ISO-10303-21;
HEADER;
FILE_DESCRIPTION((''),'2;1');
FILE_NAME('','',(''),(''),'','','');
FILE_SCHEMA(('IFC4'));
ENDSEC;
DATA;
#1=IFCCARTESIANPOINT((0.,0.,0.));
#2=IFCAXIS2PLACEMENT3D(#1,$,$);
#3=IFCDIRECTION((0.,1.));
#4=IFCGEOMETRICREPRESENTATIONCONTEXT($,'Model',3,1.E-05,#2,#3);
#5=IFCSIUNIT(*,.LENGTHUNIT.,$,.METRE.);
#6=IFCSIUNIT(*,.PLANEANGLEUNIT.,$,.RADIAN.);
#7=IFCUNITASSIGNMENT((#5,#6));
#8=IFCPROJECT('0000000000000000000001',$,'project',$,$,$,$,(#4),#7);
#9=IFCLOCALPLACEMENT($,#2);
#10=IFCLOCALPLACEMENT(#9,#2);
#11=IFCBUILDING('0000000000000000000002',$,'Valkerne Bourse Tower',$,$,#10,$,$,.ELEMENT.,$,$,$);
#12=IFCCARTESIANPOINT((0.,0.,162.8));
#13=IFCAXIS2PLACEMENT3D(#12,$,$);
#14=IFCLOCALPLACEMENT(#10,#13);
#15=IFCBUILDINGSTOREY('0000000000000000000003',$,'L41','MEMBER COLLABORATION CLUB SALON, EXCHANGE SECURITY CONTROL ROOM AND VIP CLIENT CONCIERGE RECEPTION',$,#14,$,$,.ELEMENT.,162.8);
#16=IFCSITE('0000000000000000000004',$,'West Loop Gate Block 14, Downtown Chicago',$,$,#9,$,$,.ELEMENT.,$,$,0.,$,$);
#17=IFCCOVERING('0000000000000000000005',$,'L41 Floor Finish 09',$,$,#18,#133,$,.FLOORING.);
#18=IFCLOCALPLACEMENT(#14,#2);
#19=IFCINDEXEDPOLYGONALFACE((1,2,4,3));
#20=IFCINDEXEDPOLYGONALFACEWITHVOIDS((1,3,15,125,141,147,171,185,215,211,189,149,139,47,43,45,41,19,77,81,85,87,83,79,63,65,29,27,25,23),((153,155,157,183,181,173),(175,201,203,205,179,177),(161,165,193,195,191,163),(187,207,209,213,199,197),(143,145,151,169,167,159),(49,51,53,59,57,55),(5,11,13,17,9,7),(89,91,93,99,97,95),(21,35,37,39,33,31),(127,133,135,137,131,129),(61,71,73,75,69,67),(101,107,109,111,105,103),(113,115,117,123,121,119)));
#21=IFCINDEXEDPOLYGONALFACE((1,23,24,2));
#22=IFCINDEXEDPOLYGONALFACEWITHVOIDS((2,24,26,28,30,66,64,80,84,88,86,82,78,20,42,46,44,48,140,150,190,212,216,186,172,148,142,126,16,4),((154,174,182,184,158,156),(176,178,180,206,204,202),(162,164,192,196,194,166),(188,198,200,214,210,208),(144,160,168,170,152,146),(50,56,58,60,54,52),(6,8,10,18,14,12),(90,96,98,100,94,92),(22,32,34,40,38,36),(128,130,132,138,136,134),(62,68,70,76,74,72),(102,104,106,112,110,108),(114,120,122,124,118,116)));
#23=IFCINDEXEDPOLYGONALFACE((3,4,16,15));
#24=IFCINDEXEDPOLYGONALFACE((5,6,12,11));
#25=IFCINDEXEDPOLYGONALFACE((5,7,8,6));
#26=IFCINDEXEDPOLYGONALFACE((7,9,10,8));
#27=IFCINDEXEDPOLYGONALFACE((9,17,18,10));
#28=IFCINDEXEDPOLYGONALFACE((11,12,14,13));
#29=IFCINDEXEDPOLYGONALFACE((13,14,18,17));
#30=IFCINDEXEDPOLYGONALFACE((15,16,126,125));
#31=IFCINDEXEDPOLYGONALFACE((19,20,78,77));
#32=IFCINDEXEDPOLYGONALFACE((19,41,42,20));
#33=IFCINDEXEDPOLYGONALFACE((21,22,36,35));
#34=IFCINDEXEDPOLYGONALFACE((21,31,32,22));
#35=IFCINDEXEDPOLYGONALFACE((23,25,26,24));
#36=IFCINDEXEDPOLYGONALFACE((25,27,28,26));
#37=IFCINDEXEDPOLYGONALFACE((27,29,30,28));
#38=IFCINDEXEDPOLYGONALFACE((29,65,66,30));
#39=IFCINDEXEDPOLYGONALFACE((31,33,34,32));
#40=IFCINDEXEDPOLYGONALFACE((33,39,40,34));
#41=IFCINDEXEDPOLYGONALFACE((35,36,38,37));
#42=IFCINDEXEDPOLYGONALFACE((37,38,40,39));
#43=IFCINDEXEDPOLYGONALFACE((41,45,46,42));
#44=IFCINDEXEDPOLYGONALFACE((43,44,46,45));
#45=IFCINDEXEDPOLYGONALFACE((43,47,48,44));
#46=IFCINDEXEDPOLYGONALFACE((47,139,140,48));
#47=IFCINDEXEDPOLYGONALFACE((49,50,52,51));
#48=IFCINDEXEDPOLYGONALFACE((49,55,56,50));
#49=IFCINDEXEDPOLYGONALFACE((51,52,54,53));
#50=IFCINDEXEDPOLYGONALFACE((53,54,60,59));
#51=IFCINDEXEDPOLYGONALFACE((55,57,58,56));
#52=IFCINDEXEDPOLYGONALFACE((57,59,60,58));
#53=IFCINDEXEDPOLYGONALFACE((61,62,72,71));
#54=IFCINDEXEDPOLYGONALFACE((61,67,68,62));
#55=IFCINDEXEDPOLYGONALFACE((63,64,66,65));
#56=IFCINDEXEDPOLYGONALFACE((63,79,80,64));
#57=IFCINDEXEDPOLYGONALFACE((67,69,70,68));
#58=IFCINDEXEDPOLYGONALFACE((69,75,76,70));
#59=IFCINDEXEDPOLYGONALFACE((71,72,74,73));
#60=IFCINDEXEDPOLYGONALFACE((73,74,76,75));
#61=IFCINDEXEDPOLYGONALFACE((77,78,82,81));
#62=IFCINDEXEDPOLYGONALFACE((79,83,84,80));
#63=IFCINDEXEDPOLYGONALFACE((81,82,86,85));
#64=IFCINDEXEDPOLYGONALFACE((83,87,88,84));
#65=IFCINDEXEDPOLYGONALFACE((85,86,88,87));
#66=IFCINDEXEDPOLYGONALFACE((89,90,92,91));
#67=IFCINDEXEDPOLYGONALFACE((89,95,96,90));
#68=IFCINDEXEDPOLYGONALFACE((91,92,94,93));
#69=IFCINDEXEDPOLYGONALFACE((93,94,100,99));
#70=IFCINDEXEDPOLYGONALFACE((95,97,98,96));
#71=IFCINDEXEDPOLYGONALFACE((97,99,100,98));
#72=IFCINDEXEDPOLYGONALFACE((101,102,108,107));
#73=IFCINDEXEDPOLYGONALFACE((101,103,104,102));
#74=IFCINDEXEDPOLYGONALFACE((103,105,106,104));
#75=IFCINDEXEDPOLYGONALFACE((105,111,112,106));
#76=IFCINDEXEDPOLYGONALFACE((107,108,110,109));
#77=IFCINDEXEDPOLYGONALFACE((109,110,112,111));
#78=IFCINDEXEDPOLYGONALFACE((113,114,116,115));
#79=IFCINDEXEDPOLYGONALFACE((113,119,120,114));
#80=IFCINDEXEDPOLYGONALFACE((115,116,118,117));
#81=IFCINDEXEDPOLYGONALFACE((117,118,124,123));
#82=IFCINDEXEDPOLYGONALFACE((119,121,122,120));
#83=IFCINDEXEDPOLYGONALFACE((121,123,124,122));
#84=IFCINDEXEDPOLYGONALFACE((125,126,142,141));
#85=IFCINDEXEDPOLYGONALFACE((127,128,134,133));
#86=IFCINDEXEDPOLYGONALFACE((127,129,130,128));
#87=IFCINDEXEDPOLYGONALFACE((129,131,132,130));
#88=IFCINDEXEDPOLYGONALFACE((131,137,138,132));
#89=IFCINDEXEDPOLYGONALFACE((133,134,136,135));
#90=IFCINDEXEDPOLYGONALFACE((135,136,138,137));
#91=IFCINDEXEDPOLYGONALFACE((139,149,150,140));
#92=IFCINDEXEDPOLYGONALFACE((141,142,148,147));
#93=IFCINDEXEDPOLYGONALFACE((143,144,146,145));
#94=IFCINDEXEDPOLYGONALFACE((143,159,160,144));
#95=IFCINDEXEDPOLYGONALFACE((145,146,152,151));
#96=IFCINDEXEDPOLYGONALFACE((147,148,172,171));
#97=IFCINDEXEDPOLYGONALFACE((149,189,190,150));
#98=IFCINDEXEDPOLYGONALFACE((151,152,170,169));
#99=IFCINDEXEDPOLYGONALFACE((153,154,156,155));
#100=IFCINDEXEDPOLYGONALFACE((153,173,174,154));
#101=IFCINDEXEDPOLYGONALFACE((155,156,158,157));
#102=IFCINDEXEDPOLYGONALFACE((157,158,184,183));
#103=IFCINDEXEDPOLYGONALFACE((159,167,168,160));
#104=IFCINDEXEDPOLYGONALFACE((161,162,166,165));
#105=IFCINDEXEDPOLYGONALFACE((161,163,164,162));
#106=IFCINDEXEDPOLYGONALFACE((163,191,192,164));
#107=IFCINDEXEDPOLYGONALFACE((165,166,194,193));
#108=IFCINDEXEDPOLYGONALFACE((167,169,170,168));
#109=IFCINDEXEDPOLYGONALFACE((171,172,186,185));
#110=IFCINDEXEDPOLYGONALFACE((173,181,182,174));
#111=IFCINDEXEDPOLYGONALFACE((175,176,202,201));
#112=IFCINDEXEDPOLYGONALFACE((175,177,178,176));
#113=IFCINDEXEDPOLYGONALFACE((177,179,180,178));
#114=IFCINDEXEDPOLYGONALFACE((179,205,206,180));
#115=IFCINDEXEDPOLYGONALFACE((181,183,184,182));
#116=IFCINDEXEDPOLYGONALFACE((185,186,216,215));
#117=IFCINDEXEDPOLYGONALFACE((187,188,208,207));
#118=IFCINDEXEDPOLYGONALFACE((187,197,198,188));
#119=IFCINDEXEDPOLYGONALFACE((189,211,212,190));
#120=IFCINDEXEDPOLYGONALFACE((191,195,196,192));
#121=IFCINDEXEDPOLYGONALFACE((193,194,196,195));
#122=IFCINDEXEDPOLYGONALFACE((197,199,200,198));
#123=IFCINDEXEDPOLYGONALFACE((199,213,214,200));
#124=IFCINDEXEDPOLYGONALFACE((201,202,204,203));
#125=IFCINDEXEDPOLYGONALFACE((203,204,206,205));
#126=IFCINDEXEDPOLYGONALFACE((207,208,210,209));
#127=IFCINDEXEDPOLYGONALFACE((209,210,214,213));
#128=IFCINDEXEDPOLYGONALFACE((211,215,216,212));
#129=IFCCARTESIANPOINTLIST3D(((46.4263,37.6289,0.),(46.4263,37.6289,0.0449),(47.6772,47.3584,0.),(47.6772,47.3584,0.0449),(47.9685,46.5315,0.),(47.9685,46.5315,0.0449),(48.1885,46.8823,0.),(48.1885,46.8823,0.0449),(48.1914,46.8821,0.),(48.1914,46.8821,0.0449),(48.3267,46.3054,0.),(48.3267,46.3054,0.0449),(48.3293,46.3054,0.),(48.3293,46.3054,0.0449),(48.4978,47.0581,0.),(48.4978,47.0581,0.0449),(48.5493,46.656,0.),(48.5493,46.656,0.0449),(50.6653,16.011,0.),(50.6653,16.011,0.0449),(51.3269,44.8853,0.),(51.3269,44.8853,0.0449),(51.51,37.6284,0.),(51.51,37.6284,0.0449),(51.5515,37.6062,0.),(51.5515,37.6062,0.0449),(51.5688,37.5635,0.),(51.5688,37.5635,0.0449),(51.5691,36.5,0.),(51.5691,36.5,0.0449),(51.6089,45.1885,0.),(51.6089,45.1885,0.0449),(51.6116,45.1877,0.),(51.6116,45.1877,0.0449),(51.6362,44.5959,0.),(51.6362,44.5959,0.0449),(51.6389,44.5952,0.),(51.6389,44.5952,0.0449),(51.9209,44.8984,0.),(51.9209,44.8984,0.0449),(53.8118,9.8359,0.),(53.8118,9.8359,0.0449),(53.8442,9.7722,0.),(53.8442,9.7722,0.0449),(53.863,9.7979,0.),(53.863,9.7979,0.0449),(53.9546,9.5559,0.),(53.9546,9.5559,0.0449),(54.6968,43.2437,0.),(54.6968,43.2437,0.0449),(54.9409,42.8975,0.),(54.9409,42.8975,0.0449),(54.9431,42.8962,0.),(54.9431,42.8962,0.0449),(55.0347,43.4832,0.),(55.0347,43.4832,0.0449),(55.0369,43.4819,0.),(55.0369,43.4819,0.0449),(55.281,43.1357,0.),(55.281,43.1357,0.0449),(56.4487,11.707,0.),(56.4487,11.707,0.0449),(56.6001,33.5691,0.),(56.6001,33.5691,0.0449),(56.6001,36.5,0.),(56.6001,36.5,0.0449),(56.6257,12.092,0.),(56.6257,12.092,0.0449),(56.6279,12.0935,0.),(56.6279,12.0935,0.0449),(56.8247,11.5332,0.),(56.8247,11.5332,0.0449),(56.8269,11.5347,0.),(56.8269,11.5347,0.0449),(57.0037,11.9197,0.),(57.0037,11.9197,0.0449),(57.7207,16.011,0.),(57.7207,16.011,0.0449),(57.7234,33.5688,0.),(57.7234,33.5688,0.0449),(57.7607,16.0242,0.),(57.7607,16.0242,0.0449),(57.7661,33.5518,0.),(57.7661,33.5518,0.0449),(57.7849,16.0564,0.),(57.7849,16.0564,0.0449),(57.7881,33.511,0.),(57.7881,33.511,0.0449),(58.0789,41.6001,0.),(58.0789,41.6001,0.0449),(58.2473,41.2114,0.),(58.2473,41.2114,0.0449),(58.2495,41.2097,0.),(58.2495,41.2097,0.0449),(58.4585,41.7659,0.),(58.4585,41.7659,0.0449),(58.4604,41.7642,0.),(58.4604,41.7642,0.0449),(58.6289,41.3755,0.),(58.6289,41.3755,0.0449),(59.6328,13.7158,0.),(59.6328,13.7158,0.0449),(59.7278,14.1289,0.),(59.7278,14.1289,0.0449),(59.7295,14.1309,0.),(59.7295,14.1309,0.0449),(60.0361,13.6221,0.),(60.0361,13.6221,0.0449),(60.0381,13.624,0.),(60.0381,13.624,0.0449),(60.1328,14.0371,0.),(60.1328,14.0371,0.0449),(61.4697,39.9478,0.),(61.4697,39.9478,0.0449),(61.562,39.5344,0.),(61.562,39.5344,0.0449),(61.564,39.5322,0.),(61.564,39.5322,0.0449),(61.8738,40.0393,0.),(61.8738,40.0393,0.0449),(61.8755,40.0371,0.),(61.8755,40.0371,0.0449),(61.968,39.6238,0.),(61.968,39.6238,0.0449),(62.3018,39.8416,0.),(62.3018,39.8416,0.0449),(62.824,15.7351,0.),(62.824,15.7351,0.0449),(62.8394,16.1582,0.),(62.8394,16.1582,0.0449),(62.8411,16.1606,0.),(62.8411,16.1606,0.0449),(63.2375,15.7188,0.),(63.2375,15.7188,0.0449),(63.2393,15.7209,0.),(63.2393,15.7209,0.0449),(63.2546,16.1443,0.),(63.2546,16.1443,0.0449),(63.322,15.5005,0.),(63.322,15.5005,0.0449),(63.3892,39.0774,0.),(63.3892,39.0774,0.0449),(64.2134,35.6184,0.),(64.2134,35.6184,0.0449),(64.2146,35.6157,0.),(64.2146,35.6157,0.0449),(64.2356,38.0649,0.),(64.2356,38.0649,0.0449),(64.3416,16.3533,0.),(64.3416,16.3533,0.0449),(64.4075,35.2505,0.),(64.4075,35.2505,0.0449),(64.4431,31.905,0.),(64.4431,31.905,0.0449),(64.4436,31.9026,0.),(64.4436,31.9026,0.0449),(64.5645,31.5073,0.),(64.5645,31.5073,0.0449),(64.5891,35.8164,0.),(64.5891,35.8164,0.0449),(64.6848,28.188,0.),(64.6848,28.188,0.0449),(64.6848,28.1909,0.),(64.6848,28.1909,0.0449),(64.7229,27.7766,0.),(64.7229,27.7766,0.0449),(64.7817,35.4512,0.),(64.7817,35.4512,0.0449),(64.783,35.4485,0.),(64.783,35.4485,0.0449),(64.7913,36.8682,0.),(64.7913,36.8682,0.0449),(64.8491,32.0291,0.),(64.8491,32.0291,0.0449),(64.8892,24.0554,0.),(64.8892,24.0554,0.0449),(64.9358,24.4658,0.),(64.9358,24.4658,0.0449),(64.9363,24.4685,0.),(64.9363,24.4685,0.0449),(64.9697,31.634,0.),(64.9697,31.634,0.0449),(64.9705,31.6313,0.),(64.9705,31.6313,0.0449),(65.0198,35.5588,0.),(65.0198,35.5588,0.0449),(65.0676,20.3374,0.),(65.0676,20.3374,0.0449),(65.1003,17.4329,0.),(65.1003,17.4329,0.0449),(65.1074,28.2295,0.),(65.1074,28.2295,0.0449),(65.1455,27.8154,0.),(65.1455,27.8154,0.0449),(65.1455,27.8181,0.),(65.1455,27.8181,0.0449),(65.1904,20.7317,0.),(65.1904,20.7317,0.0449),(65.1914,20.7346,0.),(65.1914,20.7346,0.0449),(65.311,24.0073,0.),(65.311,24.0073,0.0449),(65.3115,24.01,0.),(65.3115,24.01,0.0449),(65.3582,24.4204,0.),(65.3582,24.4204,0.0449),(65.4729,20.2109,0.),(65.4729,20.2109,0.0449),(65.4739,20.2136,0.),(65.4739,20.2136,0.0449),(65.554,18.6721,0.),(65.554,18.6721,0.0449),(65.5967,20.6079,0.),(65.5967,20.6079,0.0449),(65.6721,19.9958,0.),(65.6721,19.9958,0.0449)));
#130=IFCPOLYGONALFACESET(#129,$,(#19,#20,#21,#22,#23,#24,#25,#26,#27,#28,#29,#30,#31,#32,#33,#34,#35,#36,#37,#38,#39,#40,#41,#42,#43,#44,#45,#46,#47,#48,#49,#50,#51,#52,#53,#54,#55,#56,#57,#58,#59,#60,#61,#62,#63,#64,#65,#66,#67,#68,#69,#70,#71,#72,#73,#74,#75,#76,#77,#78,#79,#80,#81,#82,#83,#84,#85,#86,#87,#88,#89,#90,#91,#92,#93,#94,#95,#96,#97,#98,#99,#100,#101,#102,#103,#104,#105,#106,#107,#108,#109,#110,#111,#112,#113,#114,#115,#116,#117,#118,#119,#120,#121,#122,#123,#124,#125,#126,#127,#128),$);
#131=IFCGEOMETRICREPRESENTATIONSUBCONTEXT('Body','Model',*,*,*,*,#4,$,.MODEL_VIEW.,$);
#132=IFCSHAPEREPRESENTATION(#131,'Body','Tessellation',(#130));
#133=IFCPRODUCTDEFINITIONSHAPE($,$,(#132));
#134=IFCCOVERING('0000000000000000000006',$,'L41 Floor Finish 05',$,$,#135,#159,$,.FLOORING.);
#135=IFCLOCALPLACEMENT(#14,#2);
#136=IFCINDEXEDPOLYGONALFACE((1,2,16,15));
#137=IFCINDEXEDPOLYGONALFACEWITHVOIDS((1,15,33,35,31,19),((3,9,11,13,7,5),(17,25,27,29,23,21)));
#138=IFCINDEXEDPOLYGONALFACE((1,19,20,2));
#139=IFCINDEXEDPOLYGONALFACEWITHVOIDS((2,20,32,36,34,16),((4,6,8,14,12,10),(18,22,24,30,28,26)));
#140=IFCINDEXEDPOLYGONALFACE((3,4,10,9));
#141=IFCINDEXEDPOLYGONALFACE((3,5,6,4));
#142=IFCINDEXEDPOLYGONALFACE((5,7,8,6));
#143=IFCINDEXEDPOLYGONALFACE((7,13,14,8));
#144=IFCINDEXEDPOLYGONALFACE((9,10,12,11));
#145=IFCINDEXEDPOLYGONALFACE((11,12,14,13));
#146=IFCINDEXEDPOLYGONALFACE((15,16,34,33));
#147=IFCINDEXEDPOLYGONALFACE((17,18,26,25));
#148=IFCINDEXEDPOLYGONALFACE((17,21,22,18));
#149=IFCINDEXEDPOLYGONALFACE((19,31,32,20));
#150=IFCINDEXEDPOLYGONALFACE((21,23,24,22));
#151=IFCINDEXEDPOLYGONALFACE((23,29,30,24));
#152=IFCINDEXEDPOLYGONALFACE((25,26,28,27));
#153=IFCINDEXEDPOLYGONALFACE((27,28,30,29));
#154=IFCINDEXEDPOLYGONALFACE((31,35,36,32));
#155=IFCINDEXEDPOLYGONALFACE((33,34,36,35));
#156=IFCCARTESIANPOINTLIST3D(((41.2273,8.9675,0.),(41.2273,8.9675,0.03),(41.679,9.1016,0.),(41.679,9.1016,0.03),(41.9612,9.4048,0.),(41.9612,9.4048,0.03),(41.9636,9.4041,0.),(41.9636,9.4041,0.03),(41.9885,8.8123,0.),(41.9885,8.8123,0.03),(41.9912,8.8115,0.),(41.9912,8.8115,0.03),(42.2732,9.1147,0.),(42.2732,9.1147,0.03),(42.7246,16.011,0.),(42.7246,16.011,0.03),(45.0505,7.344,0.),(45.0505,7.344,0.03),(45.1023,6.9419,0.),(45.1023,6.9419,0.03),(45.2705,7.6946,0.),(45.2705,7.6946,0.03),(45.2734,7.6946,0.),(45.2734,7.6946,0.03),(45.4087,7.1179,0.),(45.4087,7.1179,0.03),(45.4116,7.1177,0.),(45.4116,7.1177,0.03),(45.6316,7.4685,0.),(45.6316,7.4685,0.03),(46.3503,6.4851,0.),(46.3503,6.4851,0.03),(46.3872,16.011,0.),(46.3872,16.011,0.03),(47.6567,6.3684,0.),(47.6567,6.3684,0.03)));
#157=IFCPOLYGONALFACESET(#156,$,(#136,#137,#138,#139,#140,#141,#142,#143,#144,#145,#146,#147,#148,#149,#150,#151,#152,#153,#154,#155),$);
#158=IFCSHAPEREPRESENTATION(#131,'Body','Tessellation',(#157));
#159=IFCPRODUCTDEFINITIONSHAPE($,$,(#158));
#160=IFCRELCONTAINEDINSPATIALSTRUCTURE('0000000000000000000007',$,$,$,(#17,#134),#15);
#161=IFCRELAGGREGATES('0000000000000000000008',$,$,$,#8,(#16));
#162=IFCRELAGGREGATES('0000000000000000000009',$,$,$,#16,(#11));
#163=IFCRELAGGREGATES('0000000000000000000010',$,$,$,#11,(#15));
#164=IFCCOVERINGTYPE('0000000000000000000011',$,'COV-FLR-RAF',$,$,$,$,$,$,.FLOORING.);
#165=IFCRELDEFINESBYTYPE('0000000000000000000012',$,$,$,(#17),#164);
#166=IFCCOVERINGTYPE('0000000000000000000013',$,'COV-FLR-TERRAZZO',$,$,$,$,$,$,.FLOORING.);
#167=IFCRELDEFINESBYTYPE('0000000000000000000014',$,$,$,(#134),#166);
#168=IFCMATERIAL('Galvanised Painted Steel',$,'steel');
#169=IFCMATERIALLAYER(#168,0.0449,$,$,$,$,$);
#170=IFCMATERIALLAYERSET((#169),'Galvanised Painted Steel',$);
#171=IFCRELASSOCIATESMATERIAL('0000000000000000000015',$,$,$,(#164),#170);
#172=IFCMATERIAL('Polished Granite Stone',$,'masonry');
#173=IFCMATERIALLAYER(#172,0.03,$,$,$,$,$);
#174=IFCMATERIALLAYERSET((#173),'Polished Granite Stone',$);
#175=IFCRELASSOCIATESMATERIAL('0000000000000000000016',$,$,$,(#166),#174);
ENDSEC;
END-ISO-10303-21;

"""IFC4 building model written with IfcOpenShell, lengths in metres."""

from ifc_helpers import new_model, si_unit, direction, frame, origin, place, context, subcontext, project, spatial, polyline, outline, extrude, material, layer, layer_set, type_object, element, save


model = new_model("IFC4")

# Units and contexts
model_context = context("Model", 3, precision=1e-05, world=origin(), true_north=direction((0.0, 1.0)))
body_context = subcontext(model_context, "Body", "Model", "MODEL_VIEW")
ifc_project = project(units=[si_unit("LENGTHUNIT", "METRE"), si_unit("PLANEANGLEUNIT", "RADIAN")], contexts=[model_context])

# Site, building, storey
site_placement = place(None, origin())
site = spatial("IfcSite", under=ifc_project, at=site_placement, Name="West Loop Gate Block 14, Downtown Chicago", CompositionType="ELEMENT", RefElevation=0.0)
building_placement = place(site_placement, origin())
building = spatial("IfcBuilding", under=site, at=building_placement, Name="Valkerne Bourse Tower", CompositionType="ELEMENT")
storey_placement = place(building_placement, frame((0.0, 0.0, 162.8)))
storey = spatial("IfcBuildingStorey", under=building, at=storey_placement, Name="L41", Description="MEMBER COLLABORATION CLUB SALON, EXCHANGE SECURITY CONTROL ROOM AND VIP CLIENT CONCIERGE RECEPTION", CompositionType="ELEMENT", Elevation=162.8)

# Coverings
ifc_material_1 = material(Name="Galvanised Painted Steel", Category="steel")
ifc_layer_1 = layer(ifc_material_1, 0.0449)
ifc_layer_set_1 = layer_set([ifc_layer_1], Name="Galvanised Painted Steel")
covering_type_1 = type_object("IfcCoveringType", Name="COV-FLR-RAF", PredefinedType="FLOORING", material=ifc_layer_set_1)
covering_1_placement = place(storey_placement, origin())
element("IfcCovering", 1, at=covering_1_placement, inside=storey, type_object=covering_type_1, Name="L41 Floor Finish 09", PredefinedType="FLOORING", context=body_context, shape_type="SweptSolid", body=[
    extrude(outline(polyline([(64.3416, 16.3533), (63.322, 15.5005), (53.9546, 9.5559), (53.8442, 9.7722), (53.863, 9.7979), (53.8118, 9.8359), (50.6653, 16.011), (57.7207, 16.011), (57.7607, 16.0242), (57.7849, 16.0564), (57.7881, 33.511), (57.7661, 33.5518), (57.7234, 33.5688), (56.6001, 33.5691), (56.6001, 36.5), (51.5691, 36.5), (51.5688, 37.5635), (51.5515, 37.6062), (51.51, 37.6284), (46.4263, 37.6289), (47.6772, 47.3584), (48.4978, 47.0581), (62.3018, 39.8416), (63.3892, 39.0774), (64.2356, 38.0649), (64.7913, 36.8682), (65.0198, 35.5588), (65.6721, 19.9958), (65.554, 18.6721), (65.1003, 17.4329), (64.3416, 16.3533)]), holes=[polyline([(51.6116, 45.1877), (51.6089, 45.1885), (51.3269, 44.8853), (51.6362, 44.5959), (51.6389, 44.5952), (51.9209, 44.8984), (51.6116, 45.1877)]), polyline([(48.1914, 46.8821), (48.1885, 46.8823), (47.9685, 46.5315), (48.3267, 46.3054), (48.3293, 46.3054), (48.5493, 46.656), (48.1914, 46.8821)]), polyline([(56.8269, 11.5347), (57.0037, 11.9197), (56.6279, 12.0935), (56.6257, 12.092), (56.4487, 11.707), (56.8247, 11.5332), (56.8269, 11.5347)]), polyline([(60.0381, 13.624), (60.1328, 14.0371), (59.7295, 14.1309), (59.7278, 14.1289), (59.6328, 13.7158), (60.0361, 13.6221), (60.0381, 13.624)]), polyline([(63.2546, 16.1443), (62.8411, 16.1606), (62.8394, 16.1582), (62.824, 15.7351), (63.2375, 15.7188), (63.2393, 15.7209), (63.2546, 16.1443)]), polyline([(65.5967, 20.6079), (65.1914, 20.7346), (65.1904, 20.7317), (65.0676, 20.3374), (65.4729, 20.2109), (65.4739, 20.2136), (65.5967, 20.6079)]), polyline([(65.3582, 24.4204), (64.9363, 24.4685), (64.9358, 24.4658), (64.8892, 24.0554), (65.311, 24.0073), (65.3115, 24.01), (65.3582, 24.4204)]), polyline([(65.1455, 27.8154), (65.1455, 27.8181), (65.1074, 28.2295), (64.6848, 28.1909), (64.6848, 28.188), (64.7229, 27.7766), (65.1455, 27.8154)]), polyline([(64.9697, 31.634), (64.8491, 32.0291), (64.4431, 31.905), (64.4436, 31.9026), (64.5645, 31.5073), (64.9705, 31.6313), (64.9697, 31.634)]), polyline([(64.783, 35.4485), (64.7817, 35.4512), (64.5891, 35.8164), (64.2134, 35.6184), (64.2146, 35.6157), (64.4075, 35.2505), (64.783, 35.4485)]), polyline([(61.968, 39.6238), (61.8755, 40.0371), (61.8738, 40.0393), (61.4697, 39.9478), (61.562, 39.5344), (61.564, 39.5322), (61.968, 39.6238)]), polyline([(58.4604, 41.7642), (58.4585, 41.7659), (58.0789, 41.6001), (58.2473, 41.2114), (58.2495, 41.2097), (58.6289, 41.3755), (58.4604, 41.7642)]), polyline([(55.281, 43.1357), (55.0369, 43.4819), (55.0347, 43.4832), (54.6968, 43.2437), (54.9409, 42.8975), (54.9431, 42.8962), (55.281, 43.1357)])]), origin(), (0.0, 0.0, 1.0), 0.0449),
])
ifc_material_2 = material(Name="Polished Granite Stone", Category="masonry")
ifc_layer_2 = layer(ifc_material_2, 0.03)
ifc_layer_set_2 = layer_set([ifc_layer_2], Name="Polished Granite Stone")
covering_type_2 = type_object("IfcCoveringType", Name="COV-FLR-TERRAZZO", PredefinedType="FLOORING", material=ifc_layer_set_2)
covering_2_placement = place(storey_placement, origin())
element("IfcCovering", 2, at=covering_2_placement, inside=storey, type_object=covering_type_2, Name="L41 Floor Finish 05", PredefinedType="FLOORING", context=body_context, shape_type="SweptSolid", body=[
    extrude(outline(polyline([(41.2273, 8.9675), (42.7246, 16.011), (46.3872, 16.011), (47.6567, 6.3684), (46.3503, 6.4851), (45.1023, 6.9419), (41.2273, 8.9675)]), holes=[polyline([(45.6316, 7.4685), (45.2734, 7.6946), (45.2705, 7.6946), (45.0505, 7.344), (45.4087, 7.1179), (45.4116, 7.1177), (45.6316, 7.4685)]), polyline([(41.9636, 9.4041), (41.9612, 9.4048), (41.679, 9.1016), (41.9885, 8.8123), (41.9912, 8.8115), (42.2732, 9.1147), (41.9636, 9.4041)])]), origin(), (0.0, 0.0, 1.0), 0.03),
])

save(model, "model.ifc")
